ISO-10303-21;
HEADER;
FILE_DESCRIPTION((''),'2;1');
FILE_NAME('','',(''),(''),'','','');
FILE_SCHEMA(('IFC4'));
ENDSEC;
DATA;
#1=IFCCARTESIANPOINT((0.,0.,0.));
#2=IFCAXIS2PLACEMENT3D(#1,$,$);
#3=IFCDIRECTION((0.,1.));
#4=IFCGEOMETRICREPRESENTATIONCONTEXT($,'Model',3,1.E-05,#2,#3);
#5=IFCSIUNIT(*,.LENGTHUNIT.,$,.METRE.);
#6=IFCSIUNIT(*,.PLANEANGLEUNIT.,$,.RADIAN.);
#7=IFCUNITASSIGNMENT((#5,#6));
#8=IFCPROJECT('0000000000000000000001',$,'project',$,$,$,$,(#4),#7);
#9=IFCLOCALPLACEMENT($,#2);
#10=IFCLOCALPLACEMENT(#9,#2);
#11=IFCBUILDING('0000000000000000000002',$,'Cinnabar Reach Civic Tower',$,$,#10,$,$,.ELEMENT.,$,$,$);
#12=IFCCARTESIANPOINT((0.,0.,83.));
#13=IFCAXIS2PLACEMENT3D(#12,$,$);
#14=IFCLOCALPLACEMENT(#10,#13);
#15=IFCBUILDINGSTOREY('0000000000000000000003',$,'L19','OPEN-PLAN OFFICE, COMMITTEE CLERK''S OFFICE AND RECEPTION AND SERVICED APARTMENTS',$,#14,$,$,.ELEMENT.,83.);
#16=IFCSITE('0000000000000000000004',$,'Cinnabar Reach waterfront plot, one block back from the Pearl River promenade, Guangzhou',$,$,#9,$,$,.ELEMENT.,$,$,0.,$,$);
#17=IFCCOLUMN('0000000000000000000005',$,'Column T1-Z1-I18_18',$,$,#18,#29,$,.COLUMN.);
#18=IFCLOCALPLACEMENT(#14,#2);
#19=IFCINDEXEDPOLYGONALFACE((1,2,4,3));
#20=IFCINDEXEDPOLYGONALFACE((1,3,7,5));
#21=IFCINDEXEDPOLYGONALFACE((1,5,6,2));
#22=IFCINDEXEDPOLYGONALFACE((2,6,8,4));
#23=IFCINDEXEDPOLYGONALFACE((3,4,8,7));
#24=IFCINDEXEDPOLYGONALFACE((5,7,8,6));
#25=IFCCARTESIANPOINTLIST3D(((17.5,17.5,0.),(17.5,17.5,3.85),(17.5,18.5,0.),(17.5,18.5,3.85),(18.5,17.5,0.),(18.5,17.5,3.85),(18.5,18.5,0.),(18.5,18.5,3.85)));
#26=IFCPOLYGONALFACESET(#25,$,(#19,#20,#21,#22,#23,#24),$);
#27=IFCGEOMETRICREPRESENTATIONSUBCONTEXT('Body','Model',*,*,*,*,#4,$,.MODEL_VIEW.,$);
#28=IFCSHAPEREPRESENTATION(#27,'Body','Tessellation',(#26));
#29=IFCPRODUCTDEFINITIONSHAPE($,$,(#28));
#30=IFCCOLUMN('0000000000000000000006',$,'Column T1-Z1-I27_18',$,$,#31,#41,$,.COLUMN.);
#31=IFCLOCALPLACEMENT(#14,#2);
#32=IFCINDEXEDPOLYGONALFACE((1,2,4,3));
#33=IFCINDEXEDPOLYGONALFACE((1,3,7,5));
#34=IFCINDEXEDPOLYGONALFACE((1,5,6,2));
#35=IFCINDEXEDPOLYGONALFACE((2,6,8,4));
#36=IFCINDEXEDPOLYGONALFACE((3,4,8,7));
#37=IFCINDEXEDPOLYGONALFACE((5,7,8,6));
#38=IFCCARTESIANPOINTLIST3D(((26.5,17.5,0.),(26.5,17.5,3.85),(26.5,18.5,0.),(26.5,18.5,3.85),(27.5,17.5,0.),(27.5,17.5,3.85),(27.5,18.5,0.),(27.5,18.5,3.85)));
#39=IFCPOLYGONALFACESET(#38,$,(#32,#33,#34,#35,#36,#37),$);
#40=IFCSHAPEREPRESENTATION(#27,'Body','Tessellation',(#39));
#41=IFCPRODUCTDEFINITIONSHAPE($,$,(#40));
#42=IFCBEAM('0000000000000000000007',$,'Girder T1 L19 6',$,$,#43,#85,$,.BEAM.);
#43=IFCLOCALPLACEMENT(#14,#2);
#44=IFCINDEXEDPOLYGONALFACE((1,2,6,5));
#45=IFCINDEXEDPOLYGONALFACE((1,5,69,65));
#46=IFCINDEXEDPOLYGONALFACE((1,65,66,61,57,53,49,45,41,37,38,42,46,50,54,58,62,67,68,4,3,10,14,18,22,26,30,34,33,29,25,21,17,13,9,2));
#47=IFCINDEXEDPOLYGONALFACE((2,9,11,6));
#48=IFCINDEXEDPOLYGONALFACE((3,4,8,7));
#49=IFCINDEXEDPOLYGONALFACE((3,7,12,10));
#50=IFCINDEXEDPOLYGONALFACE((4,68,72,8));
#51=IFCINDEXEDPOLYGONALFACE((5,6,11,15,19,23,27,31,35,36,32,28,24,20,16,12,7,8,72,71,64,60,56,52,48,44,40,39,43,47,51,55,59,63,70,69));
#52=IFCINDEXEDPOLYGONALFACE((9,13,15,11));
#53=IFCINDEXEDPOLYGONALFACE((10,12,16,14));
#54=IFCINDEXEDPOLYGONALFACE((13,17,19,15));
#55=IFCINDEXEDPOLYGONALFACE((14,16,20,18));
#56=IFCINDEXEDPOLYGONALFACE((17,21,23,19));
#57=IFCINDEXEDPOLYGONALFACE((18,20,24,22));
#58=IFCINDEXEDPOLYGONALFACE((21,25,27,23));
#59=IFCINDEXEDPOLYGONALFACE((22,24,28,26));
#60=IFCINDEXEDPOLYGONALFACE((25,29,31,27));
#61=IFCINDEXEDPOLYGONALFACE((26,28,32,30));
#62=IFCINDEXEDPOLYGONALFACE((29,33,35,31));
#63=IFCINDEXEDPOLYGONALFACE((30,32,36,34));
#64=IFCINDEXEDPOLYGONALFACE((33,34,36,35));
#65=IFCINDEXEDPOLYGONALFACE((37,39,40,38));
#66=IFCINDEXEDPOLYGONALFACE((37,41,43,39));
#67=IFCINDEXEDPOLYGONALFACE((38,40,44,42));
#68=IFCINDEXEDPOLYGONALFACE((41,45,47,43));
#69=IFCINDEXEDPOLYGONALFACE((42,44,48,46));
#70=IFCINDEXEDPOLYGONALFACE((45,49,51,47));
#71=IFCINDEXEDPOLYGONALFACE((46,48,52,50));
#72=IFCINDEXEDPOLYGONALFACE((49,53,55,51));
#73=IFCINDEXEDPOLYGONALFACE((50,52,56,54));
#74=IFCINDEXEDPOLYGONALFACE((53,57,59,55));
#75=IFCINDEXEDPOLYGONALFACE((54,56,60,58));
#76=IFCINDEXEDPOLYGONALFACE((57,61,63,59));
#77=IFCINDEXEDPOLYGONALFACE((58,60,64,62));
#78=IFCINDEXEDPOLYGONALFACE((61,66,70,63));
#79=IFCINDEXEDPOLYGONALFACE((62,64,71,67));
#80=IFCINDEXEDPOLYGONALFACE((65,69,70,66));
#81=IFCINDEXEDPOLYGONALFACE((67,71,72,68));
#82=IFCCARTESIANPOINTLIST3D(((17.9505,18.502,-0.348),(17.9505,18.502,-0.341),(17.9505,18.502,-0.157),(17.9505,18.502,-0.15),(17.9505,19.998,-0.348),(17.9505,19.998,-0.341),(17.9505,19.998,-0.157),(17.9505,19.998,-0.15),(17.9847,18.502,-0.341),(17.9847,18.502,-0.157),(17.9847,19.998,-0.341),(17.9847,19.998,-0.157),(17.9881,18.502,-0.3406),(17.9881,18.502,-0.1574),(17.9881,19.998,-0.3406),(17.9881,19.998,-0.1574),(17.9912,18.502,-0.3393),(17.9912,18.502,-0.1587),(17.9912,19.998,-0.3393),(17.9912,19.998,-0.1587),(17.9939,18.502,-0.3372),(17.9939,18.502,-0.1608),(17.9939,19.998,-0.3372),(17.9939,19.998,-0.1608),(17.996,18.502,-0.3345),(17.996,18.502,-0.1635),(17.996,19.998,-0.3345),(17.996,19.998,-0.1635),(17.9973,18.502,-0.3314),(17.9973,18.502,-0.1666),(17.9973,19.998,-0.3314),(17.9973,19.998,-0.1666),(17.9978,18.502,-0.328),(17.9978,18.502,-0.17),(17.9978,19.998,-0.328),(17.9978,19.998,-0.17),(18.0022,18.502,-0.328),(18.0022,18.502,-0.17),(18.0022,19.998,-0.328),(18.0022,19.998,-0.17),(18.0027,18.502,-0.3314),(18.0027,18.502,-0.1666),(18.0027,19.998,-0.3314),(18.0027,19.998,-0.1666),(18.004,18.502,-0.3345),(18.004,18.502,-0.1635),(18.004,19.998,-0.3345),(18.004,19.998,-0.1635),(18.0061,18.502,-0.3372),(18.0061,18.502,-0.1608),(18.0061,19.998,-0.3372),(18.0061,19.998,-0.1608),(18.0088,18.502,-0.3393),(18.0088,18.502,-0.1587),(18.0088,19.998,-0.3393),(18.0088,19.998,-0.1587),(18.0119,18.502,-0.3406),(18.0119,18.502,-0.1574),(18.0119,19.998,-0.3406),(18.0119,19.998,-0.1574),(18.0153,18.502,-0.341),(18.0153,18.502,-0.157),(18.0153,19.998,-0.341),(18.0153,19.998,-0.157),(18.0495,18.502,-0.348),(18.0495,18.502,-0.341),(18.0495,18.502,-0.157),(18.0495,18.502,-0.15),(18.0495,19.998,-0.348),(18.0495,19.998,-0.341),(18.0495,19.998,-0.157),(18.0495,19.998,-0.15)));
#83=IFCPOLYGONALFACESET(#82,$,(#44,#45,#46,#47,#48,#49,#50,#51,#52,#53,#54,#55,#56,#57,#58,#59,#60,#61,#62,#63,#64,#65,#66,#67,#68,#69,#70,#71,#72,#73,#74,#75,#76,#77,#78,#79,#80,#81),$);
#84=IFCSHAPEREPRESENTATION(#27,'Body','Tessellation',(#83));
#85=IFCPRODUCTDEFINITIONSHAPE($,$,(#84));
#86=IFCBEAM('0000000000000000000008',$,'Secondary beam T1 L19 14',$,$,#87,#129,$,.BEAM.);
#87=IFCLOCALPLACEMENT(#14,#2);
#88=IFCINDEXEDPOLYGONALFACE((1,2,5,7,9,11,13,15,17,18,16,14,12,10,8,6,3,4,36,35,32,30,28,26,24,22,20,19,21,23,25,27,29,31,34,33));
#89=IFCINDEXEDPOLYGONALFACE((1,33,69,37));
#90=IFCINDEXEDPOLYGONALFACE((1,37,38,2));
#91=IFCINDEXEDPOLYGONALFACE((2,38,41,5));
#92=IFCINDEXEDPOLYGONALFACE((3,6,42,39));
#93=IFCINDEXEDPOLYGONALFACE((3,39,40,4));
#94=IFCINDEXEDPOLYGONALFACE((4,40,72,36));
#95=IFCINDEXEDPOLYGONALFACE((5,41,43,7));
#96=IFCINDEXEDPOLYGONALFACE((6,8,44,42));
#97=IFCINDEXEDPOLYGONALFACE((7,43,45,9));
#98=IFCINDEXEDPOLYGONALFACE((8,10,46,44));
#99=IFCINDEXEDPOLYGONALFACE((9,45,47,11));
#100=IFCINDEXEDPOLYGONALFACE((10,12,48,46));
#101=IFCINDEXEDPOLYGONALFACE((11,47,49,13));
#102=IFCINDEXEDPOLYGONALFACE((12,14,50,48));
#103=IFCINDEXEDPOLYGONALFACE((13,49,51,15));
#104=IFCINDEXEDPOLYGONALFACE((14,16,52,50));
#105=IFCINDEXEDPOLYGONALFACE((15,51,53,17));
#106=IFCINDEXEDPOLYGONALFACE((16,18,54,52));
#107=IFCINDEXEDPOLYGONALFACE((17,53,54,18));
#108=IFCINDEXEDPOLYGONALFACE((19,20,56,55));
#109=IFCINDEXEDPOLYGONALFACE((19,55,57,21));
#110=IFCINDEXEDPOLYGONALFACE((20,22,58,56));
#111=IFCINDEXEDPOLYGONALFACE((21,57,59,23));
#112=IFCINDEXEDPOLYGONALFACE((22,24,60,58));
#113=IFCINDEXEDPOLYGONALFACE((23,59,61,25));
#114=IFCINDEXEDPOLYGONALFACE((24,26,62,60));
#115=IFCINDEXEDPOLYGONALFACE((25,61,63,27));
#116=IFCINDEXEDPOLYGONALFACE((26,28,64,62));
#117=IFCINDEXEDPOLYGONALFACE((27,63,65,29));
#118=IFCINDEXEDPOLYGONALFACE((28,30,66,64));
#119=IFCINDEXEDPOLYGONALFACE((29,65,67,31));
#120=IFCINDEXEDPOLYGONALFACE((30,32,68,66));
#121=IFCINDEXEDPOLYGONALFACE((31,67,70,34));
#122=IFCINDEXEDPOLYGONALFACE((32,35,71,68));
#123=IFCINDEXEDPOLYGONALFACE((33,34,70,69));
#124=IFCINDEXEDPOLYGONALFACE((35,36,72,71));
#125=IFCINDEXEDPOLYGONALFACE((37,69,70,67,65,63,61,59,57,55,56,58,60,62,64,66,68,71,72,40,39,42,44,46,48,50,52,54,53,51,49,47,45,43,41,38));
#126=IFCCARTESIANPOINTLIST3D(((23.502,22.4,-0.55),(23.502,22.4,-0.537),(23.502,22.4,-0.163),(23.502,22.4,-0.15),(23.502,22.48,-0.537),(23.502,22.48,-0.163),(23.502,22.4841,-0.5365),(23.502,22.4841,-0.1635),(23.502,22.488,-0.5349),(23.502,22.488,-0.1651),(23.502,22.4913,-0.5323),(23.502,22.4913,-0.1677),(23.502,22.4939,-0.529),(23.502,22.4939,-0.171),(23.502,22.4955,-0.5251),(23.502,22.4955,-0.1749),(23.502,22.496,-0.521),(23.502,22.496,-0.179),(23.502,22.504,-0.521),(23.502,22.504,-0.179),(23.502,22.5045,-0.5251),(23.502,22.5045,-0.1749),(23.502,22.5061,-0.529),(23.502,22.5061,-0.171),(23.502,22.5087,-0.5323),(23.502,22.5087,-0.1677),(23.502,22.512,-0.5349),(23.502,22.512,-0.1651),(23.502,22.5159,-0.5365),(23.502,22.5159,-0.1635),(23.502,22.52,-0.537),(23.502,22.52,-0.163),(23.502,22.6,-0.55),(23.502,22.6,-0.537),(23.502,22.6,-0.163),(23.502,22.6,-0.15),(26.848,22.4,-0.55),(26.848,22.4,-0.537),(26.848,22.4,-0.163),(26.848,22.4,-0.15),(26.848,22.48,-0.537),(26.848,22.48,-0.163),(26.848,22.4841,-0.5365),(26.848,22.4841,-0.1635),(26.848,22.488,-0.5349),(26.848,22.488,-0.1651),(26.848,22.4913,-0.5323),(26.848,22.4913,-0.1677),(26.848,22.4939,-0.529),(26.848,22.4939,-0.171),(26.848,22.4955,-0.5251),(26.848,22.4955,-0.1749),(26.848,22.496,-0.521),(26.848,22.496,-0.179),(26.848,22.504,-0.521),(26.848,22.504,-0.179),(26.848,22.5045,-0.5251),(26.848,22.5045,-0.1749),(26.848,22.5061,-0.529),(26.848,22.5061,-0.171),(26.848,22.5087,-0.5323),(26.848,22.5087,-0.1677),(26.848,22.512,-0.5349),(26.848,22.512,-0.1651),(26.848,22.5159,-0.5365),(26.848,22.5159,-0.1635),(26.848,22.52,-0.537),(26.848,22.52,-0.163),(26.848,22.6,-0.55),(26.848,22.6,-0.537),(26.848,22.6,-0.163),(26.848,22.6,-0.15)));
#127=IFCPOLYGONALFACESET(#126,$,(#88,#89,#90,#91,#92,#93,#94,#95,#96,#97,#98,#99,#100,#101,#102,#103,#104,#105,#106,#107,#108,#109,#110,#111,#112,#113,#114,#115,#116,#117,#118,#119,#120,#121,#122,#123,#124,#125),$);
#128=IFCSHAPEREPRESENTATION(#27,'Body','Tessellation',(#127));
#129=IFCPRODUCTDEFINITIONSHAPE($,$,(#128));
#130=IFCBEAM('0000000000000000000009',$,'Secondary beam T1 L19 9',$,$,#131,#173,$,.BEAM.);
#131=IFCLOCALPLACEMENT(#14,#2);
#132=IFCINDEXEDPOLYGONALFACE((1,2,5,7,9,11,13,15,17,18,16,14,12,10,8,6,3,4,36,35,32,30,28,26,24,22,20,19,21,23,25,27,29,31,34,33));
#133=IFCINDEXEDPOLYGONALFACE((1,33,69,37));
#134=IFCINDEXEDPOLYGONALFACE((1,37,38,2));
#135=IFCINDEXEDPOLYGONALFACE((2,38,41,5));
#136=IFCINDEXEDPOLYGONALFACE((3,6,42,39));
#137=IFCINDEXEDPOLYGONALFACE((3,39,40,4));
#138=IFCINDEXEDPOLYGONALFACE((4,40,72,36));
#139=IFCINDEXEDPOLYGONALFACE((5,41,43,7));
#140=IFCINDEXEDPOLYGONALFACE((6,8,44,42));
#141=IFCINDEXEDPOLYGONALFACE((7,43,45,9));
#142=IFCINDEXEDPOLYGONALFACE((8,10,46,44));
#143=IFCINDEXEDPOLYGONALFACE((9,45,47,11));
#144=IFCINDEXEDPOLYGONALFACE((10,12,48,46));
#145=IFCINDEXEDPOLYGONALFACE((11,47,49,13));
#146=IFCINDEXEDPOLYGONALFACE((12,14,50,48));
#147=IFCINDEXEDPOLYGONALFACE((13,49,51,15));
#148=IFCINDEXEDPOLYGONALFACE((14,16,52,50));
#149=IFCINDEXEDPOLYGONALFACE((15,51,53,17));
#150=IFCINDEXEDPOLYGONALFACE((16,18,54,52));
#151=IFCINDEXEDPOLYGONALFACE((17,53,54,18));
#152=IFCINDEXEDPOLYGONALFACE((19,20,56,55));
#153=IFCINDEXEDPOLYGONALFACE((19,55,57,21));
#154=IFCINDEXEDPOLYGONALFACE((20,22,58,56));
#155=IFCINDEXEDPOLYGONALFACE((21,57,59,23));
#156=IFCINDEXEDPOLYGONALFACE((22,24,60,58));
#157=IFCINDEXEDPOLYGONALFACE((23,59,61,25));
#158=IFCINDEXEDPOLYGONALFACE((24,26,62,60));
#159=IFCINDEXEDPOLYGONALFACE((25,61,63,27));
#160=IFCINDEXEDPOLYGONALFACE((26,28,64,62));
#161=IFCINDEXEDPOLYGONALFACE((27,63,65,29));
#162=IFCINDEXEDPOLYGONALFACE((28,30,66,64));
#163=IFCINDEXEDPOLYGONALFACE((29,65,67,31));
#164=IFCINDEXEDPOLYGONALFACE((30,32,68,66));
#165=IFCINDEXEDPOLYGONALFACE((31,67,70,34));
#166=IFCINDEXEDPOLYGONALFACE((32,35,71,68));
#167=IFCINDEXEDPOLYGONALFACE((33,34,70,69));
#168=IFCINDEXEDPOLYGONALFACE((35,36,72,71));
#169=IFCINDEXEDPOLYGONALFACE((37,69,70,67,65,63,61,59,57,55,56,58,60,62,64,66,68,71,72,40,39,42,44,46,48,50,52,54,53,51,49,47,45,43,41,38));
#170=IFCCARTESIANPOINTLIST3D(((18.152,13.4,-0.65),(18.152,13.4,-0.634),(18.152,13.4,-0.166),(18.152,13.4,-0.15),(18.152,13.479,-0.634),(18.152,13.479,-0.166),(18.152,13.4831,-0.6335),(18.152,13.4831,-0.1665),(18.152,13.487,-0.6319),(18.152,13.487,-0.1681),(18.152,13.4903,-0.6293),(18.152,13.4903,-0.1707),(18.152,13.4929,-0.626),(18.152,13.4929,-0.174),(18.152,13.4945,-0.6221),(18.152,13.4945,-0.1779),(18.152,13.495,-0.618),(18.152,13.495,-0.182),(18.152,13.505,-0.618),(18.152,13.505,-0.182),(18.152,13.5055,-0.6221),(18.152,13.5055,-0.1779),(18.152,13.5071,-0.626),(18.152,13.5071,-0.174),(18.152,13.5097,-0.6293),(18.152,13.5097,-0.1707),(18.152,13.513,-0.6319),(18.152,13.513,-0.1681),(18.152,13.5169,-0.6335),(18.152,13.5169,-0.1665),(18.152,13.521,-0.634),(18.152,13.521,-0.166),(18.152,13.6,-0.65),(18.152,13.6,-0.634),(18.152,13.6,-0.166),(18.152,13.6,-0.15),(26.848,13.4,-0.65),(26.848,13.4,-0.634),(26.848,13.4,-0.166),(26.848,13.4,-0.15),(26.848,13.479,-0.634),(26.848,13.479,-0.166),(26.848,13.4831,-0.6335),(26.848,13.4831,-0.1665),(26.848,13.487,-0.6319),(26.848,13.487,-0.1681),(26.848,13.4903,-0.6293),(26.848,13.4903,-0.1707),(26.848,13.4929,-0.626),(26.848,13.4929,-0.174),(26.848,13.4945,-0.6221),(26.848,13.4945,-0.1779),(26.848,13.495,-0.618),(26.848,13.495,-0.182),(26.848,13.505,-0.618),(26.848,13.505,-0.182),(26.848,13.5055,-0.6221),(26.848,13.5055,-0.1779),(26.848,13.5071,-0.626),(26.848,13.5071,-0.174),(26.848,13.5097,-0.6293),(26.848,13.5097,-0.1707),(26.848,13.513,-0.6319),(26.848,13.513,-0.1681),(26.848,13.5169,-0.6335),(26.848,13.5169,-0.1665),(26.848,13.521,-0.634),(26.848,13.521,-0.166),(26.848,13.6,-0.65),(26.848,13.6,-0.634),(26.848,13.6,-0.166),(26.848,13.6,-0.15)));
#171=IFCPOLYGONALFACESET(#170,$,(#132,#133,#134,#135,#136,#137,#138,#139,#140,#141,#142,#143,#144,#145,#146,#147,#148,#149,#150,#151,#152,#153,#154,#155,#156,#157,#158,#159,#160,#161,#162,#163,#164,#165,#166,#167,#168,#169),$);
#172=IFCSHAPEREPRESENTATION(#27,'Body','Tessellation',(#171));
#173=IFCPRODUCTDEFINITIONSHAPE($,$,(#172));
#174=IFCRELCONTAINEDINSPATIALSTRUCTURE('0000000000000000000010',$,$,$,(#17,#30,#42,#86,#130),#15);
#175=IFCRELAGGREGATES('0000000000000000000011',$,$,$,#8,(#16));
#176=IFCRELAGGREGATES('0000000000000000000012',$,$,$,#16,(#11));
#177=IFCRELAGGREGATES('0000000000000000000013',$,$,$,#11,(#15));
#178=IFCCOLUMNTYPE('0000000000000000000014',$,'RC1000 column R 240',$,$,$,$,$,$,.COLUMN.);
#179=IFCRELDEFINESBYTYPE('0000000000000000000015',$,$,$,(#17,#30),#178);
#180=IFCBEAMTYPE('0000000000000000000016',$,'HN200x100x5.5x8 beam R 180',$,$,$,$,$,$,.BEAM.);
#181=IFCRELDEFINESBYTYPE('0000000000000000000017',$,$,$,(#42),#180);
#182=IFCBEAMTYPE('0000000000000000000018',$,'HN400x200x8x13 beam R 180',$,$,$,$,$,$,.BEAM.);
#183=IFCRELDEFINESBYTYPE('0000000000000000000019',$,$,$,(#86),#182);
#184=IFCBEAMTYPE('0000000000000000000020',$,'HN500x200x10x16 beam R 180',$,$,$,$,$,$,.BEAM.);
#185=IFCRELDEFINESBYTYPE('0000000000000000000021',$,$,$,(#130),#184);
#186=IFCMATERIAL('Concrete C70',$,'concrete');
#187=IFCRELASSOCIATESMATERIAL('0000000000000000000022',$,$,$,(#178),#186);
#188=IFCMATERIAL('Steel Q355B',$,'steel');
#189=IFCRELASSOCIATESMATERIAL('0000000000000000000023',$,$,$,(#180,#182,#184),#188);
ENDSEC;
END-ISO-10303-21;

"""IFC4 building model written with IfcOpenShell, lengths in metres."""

from ifc_helpers import new_model, si_unit, direction, frame, origin, origin_2d, place, context, subcontext, project, spatial, rectangle, i_section, extrude, material, material_profile, profile_set, type_object, element, save


model = new_model("IFC4")

# Units and contexts
model_context = context("Model", 3, precision=1e-05, world=origin(), true_north=direction((0.0, 1.0)))
body_context = subcontext(model_context, "Body", "Model", "MODEL_VIEW")
ifc_project = project(units=[si_unit("LENGTHUNIT", "METRE"), si_unit("PLANEANGLEUNIT", "RADIAN")], contexts=[model_context])

# Site, building, storey
site_placement = place(None, origin())
site = spatial("IfcSite", under=ifc_project, at=site_placement, Name="Cinnabar Reach waterfront plot, one block back from the Pearl River promenade, Guangzhou", CompositionType="ELEMENT", RefElevation=0.0)
building_placement = place(site_placement, origin())
building = spatial("IfcBuilding", under=site, at=building_placement, Name="Cinnabar Reach Civic Tower", CompositionType="ELEMENT")
storey_placement = place(building_placement, frame((0.0, 0.0, 83.0)))
storey = spatial("IfcBuildingStorey", under=building, at=storey_placement, Name="L19", Description="OPEN-PLAN OFFICE, COMMITTEE CLERK'S OFFICE AND RECEPTION AND SERVICED APARTMENTS", CompositionType="ELEMENT", Elevation=83.0)

# Columns
ifc_material_1 = material(Name="Concrete C70", Category="concrete")
ifc_material_profile_1 = material_profile(ifc_material_1, rectangle(XDim=1.0, YDim=1.0, at=origin_2d()), Name="RC1000")
ifc_profile_set_1 = profile_set([ifc_material_profile_1], Name="Concrete C70")
column_type = type_object("IfcColumnType", Name="RC1000 column R 240", PredefinedType="COLUMN", material=ifc_profile_set_1)
for number, where, z_axis, x_axis, name in (
    (1, (18.0, 18.0, 0.0), (0.0, 0.0, 1.0), (1.0, 0.0, 0.0), "Column T1-Z1-I18_18"),
    (2, (27.0, 18.0, 0.0), (0.0, 0.0, 1.0), (1.0, 0.0, 0.0), "Column T1-Z1-I27_18"),
):
    element("IfcColumn", number, at=place(storey_placement, frame(where, z_axis=z_axis, x_axis=x_axis)), inside=storey, type_object=column_type, Name=name, PredefinedType="COLUMN", context=body_context, shape_type="SweptSolid", body=[
        extrude(rectangle(XDim=1.0, YDim=1.0, at=origin_2d()), origin(), (0.0, 0.0, 1.0), 3.85),
    ])

# Beams
ifc_material_2 = material(Name="Steel Q355B", Category="steel")
ifc_material_profile_2 = material_profile(ifc_material_2, i_section(OverallWidth=0.099, OverallDepth=0.198, WebThickness=0.0045, FlangeThickness=0.007, FilletRadius=0.013, at=origin_2d()), Name="HN200x100x5.5x8")
ifc_profile_set_2 = profile_set([ifc_material_profile_2], Name="Steel Q355B")
beam_type_1 = type_object("IfcBeamType", Name="HN200x100x5.5x8 beam R 180", PredefinedType="BEAM", material=ifc_profile_set_2)
beam_1_placement = place(storey_placement, frame((18.0, 18.502, -0.249), z_axis=(0.0, 1.0, 0.0), x_axis=(-1.0, 0.0, 0.0)))
element("IfcBeam", 3, at=beam_1_placement, inside=storey, type_object=beam_type_1, Name="Girder T1 L19 6", PredefinedType="BEAM", context=body_context, shape_type="SweptSolid", body=[
    extrude(i_section(OverallWidth=0.099, OverallDepth=0.198, WebThickness=0.0045, FlangeThickness=0.007, FilletRadius=0.013, at=origin_2d()), origin(), (0.0, 0.0, 1.0), 1.496),
])
ifc_material_profile_3 = material_profile(ifc_material_2, i_section(OverallWidth=0.2, OverallDepth=0.4, WebThickness=0.008, FlangeThickness=0.013, FilletRadius=0.016, at=origin_2d()), Name="HN400x200x8x13")
ifc_profile_set_3 = profile_set([ifc_material_profile_3], Name="Steel Q355B")
beam_type_2 = type_object("IfcBeamType", Name="HN400x200x8x13 beam R 180", PredefinedType="BEAM", material=ifc_profile_set_3)
beam_2_placement = place(storey_placement, frame((23.502, 22.5, -0.35), z_axis=(1.0, 0.0, 0.0), x_axis=(0.0, 1.0, 0.0)))
element("IfcBeam", 4, at=beam_2_placement, inside=storey, type_object=beam_type_2, Name="Secondary beam T1 L19 14", PredefinedType="BEAM", context=body_context, shape_type="SweptSolid", body=[
    extrude(i_section(OverallWidth=0.2, OverallDepth=0.4, WebThickness=0.008, FlangeThickness=0.013, FilletRadius=0.016, at=origin_2d()), origin(), (0.0, 0.0, 1.0), 3.346),
])
ifc_material_profile_4 = material_profile(ifc_material_2, i_section(OverallWidth=0.2, OverallDepth=0.5, WebThickness=0.01, FlangeThickness=0.016, FilletRadius=0.016, at=origin_2d()), Name="HN500x200x10x16")
ifc_profile_set_4 = profile_set([ifc_material_profile_4], Name="Steel Q355B")
beam_type_3 = type_object("IfcBeamType", Name="HN500x200x10x16 beam R 180", PredefinedType="BEAM", material=ifc_profile_set_4)
beam_3_placement = place(storey_placement, frame((18.152, 13.5, -0.4), z_axis=(1.0, 0.0, 0.0), x_axis=(0.0, 1.0, 0.0)))
element("IfcBeam", 5, at=beam_3_placement, inside=storey, type_object=beam_type_3, Name="Secondary beam T1 L19 9", PredefinedType="BEAM", context=body_context, shape_type="SweptSolid", body=[
    extrude(i_section(OverallWidth=0.2, OverallDepth=0.5, WebThickness=0.01, FlangeThickness=0.016, FilletRadius=0.016, at=origin_2d()), origin(), (0.0, 0.0, 1.0), 8.696),
])

save(model, "model.ifc")
